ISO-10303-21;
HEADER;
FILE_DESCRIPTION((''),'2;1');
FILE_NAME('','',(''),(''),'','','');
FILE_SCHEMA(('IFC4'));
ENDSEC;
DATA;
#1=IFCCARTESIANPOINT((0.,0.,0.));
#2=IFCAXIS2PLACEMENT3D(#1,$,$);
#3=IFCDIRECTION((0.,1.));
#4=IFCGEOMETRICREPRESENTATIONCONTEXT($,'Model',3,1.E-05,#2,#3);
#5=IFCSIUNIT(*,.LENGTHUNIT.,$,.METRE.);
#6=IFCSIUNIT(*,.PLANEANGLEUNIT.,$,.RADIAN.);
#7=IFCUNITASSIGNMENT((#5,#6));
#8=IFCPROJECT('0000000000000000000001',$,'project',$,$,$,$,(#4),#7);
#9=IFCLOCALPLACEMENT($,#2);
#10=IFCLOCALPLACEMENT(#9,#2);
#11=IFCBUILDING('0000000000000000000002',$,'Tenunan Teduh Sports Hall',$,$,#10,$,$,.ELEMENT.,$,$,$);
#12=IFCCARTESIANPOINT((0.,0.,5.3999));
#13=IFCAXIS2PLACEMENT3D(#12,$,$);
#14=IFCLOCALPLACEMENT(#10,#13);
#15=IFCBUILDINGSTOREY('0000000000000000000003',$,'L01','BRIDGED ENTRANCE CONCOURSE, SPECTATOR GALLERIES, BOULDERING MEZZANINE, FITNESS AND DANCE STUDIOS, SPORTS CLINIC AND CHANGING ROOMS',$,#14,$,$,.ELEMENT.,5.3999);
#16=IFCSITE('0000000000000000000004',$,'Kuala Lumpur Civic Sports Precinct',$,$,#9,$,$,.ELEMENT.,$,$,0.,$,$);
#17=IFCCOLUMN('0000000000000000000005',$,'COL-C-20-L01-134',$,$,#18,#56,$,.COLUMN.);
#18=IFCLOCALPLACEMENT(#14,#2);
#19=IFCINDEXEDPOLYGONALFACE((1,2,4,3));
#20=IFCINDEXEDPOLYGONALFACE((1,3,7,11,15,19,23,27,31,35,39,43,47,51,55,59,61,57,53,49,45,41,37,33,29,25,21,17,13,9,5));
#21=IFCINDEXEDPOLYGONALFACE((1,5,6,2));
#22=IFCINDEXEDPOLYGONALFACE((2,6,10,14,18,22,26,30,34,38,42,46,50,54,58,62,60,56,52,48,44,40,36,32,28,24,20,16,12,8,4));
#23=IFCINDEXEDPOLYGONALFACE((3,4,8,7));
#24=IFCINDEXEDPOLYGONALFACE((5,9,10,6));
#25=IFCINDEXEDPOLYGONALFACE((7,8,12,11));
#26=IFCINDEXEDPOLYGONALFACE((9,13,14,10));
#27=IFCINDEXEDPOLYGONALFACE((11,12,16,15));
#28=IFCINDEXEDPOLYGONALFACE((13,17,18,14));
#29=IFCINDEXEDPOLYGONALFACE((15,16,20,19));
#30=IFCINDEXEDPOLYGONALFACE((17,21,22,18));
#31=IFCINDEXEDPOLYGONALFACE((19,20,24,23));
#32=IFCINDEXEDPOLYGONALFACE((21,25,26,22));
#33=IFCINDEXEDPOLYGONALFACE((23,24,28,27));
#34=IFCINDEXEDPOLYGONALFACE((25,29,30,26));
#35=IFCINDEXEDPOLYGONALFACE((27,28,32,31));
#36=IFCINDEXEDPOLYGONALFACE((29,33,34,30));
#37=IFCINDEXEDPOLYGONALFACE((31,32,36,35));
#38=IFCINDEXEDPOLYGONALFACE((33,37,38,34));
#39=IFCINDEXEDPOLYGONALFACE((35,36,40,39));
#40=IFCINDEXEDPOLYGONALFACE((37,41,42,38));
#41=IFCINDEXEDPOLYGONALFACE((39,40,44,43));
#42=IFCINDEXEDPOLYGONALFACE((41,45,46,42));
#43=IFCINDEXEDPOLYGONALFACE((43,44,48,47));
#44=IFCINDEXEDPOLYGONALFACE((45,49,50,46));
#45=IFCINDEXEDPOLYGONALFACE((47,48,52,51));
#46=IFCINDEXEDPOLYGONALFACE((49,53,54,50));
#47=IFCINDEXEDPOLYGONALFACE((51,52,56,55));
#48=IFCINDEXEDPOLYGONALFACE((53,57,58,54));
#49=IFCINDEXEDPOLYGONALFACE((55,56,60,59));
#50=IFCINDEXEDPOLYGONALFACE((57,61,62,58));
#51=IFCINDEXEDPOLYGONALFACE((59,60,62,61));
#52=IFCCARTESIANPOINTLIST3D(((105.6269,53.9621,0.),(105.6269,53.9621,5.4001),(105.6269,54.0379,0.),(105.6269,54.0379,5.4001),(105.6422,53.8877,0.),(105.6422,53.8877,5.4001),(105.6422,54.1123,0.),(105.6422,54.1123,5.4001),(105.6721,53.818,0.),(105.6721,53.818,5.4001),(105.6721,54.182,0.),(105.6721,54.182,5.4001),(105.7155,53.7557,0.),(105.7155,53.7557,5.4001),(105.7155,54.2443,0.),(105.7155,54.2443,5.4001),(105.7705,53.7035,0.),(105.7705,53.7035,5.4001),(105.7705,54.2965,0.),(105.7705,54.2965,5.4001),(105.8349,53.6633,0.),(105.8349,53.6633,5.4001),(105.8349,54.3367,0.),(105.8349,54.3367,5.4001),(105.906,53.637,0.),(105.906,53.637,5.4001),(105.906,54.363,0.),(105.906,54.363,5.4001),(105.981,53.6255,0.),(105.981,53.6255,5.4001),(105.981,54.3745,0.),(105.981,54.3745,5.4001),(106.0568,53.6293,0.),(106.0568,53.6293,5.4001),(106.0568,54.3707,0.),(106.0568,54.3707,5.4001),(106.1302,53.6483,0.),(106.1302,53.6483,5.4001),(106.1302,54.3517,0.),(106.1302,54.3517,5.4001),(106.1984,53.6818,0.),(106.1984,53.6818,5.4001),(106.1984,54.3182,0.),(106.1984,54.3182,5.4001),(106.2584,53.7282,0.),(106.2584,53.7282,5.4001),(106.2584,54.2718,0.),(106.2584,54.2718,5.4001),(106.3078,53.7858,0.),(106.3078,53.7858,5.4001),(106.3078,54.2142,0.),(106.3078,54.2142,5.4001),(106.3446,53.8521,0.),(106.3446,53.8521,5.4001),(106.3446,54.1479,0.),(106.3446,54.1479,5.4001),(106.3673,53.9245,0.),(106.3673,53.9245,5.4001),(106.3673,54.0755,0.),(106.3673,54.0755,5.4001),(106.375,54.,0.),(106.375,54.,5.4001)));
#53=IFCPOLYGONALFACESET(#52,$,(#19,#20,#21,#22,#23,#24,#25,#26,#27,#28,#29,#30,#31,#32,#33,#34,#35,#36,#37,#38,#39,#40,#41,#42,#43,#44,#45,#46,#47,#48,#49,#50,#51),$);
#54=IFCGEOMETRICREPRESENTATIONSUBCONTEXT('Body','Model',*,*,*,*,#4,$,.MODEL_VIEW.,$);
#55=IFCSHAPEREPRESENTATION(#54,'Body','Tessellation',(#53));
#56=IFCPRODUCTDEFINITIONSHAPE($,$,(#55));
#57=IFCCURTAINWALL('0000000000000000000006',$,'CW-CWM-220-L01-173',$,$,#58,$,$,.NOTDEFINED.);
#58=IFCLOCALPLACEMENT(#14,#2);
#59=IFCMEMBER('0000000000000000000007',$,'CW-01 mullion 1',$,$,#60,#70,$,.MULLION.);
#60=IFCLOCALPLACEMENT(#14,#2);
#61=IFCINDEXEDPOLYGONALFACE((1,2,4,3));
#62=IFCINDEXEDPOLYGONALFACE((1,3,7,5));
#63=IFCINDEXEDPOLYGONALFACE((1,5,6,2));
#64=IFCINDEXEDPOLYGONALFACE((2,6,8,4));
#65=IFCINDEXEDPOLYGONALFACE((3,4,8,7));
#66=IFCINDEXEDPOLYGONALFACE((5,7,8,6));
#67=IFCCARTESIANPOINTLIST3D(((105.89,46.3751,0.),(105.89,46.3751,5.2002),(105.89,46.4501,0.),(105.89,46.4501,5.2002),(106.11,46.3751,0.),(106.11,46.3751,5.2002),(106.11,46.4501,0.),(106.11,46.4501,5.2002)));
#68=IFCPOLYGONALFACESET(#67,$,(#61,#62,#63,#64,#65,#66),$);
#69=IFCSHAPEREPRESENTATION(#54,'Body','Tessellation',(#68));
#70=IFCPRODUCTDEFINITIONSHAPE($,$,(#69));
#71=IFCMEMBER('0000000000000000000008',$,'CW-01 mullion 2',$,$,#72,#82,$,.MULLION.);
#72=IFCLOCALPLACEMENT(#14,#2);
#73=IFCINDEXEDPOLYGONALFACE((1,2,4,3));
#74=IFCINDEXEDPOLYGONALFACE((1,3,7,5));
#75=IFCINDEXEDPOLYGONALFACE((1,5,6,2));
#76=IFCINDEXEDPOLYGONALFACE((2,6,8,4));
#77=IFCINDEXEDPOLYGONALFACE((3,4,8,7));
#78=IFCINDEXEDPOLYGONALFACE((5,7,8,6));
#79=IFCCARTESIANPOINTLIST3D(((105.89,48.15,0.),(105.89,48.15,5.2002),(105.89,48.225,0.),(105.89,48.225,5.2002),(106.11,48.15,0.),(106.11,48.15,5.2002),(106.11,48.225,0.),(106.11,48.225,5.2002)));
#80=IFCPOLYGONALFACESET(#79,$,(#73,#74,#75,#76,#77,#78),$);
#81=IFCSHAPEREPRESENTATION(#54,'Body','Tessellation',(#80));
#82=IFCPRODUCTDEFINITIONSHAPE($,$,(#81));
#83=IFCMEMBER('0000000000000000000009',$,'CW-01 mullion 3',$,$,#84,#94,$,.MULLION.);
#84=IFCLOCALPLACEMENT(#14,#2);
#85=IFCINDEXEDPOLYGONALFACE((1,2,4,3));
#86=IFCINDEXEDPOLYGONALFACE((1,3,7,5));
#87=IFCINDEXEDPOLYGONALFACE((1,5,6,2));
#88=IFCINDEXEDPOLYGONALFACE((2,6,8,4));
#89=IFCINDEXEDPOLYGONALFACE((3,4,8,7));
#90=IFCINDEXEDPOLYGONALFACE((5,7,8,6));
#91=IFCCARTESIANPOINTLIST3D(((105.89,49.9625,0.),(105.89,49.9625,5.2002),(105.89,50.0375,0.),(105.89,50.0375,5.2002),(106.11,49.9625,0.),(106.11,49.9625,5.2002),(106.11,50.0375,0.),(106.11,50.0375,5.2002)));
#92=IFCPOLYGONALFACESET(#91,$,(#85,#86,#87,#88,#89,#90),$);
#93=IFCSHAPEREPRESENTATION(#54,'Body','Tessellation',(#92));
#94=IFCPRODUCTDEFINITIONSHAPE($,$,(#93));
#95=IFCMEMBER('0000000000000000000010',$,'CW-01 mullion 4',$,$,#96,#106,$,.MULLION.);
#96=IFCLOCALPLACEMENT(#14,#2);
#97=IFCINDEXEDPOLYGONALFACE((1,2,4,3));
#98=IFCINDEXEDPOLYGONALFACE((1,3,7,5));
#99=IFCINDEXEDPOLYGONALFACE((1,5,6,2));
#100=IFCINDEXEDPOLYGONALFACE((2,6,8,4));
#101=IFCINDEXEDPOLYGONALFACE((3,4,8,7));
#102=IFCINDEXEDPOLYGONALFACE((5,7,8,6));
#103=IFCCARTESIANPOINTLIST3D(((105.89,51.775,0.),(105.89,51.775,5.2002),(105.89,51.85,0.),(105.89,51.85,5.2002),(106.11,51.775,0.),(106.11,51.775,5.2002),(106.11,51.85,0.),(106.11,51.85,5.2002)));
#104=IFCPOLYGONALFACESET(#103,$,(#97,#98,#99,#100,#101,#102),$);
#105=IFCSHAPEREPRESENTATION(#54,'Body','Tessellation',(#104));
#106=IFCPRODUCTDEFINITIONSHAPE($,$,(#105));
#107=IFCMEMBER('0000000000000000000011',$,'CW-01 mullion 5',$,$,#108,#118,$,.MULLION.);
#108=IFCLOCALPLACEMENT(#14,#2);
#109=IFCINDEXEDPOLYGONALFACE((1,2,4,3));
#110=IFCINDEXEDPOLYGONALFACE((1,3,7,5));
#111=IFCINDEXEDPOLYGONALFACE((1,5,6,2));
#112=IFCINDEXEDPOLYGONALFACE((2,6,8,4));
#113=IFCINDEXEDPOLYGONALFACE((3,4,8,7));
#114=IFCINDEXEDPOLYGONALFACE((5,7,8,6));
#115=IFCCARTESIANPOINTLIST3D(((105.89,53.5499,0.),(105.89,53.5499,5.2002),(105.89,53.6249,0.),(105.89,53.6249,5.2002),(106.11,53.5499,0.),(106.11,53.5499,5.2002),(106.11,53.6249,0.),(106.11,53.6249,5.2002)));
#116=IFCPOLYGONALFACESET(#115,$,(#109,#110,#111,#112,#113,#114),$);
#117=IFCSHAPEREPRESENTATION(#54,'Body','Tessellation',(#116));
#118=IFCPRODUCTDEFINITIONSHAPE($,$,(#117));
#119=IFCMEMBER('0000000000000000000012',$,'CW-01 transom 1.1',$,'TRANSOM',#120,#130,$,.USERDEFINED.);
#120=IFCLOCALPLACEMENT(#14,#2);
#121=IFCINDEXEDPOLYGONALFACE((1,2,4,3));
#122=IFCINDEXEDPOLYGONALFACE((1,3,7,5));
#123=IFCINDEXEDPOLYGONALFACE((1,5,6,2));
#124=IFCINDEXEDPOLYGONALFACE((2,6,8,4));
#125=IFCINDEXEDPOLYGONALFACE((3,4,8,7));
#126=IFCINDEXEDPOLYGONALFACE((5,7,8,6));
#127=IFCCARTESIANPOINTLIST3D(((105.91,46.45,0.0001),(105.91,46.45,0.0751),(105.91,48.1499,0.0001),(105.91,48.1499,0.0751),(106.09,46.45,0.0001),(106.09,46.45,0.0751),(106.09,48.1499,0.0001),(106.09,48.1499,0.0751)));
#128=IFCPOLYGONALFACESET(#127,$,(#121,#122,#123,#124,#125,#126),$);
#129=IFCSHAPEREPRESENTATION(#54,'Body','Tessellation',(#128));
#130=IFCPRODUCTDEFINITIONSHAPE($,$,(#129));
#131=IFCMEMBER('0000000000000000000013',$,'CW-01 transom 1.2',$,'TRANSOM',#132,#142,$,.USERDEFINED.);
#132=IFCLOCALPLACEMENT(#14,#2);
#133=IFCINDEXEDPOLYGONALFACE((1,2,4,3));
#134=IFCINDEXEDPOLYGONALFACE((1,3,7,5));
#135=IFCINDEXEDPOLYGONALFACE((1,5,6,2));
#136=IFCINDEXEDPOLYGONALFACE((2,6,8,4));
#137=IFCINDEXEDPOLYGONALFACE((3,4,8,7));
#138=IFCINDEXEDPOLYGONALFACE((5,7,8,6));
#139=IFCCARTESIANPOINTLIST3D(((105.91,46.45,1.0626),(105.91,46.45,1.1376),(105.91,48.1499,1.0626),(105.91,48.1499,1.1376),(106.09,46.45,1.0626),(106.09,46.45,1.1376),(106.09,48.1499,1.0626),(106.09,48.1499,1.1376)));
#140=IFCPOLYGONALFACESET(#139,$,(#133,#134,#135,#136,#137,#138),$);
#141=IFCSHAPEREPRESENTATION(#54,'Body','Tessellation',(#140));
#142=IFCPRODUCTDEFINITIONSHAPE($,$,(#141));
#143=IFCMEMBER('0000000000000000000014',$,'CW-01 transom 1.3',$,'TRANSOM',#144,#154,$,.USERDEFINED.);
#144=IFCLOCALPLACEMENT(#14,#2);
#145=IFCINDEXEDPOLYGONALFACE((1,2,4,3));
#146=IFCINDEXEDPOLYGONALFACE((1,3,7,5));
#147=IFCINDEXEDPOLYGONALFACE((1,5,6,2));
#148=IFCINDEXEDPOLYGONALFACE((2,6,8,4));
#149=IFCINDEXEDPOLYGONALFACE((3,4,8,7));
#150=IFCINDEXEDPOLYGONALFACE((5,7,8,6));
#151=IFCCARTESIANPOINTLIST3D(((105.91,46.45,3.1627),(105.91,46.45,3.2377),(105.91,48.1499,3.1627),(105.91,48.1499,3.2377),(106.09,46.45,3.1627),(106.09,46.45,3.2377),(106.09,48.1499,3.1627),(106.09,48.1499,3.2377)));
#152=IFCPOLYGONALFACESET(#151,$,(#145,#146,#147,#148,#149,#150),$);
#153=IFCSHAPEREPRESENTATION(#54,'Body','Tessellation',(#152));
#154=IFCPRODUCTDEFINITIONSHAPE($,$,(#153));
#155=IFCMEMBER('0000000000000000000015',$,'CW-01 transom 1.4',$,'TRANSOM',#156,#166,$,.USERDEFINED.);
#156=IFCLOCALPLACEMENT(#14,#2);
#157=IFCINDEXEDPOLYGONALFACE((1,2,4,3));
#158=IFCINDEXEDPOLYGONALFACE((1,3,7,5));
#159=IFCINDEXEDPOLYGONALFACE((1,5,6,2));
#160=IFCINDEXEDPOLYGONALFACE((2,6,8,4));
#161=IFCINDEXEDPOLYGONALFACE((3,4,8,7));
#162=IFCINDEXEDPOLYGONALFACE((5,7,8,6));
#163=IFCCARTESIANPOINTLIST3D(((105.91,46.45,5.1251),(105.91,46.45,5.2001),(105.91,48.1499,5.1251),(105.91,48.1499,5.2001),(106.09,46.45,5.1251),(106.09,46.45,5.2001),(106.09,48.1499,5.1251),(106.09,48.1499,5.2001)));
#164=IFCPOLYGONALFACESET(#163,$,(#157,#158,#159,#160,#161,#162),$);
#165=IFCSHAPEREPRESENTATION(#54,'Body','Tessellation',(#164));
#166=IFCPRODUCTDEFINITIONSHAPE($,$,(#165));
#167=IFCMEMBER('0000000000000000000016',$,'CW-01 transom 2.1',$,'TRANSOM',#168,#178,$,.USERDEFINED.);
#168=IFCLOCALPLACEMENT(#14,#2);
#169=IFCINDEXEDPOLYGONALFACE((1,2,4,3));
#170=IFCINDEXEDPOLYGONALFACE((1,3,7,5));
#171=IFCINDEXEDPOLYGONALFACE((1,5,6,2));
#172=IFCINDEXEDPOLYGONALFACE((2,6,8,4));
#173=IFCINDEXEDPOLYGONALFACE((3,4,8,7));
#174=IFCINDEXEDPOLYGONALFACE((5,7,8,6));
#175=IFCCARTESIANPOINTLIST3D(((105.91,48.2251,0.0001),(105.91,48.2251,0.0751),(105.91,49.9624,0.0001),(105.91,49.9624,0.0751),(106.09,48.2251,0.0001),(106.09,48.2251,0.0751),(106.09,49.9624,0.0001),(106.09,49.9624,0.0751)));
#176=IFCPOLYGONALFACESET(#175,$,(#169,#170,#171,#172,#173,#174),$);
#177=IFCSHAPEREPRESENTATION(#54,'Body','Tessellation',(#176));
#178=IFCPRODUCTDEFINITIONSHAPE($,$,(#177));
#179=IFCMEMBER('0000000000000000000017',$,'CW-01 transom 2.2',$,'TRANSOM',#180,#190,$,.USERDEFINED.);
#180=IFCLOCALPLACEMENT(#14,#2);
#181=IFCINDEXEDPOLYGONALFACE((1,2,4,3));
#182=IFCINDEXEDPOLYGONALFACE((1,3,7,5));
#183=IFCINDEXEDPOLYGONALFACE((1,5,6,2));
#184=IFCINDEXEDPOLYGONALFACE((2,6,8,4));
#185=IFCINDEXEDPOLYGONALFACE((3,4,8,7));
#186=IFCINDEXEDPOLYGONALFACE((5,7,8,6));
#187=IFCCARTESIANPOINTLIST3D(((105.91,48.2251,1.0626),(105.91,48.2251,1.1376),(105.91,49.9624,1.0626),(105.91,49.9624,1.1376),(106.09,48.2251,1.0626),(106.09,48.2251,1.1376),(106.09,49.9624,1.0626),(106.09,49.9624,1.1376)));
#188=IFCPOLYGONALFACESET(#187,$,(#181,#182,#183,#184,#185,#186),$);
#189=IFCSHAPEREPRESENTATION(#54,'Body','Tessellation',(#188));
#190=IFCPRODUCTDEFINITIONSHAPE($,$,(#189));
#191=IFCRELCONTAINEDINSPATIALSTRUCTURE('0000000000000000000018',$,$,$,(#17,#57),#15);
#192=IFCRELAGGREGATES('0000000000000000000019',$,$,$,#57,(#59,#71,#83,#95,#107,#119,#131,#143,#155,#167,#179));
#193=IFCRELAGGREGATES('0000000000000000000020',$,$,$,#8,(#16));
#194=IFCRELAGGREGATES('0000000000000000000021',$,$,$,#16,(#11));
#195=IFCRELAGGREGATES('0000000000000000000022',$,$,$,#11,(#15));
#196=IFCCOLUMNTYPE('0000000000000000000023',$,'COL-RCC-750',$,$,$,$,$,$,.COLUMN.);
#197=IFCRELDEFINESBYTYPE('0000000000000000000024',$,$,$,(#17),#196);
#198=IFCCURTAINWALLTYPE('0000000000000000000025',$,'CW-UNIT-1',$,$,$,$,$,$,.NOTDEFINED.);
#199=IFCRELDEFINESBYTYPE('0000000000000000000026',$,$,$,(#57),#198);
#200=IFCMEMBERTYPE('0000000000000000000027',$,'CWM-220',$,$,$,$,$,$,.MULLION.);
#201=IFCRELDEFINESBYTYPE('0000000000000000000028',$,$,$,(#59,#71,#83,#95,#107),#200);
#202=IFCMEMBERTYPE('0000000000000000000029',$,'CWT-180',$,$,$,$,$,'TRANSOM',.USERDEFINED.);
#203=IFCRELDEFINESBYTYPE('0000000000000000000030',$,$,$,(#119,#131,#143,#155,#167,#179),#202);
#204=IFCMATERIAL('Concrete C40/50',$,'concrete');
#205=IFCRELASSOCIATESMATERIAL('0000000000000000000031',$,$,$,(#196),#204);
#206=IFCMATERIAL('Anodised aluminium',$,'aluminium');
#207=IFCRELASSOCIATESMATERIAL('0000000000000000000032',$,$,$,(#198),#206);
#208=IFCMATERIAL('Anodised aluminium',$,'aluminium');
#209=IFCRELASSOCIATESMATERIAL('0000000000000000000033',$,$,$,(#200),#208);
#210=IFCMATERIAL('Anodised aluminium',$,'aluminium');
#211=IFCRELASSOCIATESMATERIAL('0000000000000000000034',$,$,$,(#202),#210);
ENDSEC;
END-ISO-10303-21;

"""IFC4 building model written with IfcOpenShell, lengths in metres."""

from ifc_helpers import new_model, si_unit, direction, frame, origin, origin_2d, place, context, subcontext, project, spatial, rectangle, circle, extrude, material, material_profile, profile_set, type_object, element, aggregate, save


model = new_model("IFC4")

# Units and contexts
model_context = context("Model", 3, precision=1e-05, world=origin(), true_north=direction((0.0, 1.0)))
body_context = subcontext(model_context, "Body", "Model", "MODEL_VIEW")
ifc_project = project(units=[si_unit("LENGTHUNIT", "METRE"), si_unit("PLANEANGLEUNIT", "RADIAN")], contexts=[model_context])

# Site, building, storey
site_placement = place(None, origin())
site = spatial("IfcSite", under=ifc_project, at=site_placement, Name="Kuala Lumpur Civic Sports Precinct", CompositionType="ELEMENT", RefElevation=0.0)
building_placement = place(site_placement, origin())
building = spatial("IfcBuilding", under=site, at=building_placement, Name="Tenunan Teduh Sports Hall", CompositionType="ELEMENT")
storey_placement = place(building_placement, frame((0.0, 0.0, 5.3999)))
storey = spatial("IfcBuildingStorey", under=building, at=storey_placement, Name="L01", Description="BRIDGED ENTRANCE CONCOURSE, SPECTATOR GALLERIES, BOULDERING MEZZANINE, FITNESS AND DANCE STUDIOS, SPORTS CLINIC AND CHANGING ROOMS", CompositionType="ELEMENT", Elevation=5.3999)

# Column
ifc_material_1 = material(Name="Concrete C40/50", Category="concrete")
ifc_material_profile_1 = material_profile(ifc_material_1, circle(Radius=0.375, at=origin_2d()), Name="RCC D750")
ifc_profile_set_1 = profile_set([ifc_material_profile_1], Name="Concrete C40/50")
column_type = type_object("IfcColumnType", Name="COL-RCC-750", PredefinedType="COLUMN", material=ifc_profile_set_1)
column_placement = place(storey_placement, frame((106.0, 54.0, 0.0), z_axis=(0.0, 0.0, 1.0), x_axis=(1.0, 0.0, 0.0)))
element("IfcColumn", 1, at=column_placement, inside=storey, type_object=column_type, Name="COL-C-20-L01-134", PredefinedType="COLUMN", context=body_context, shape_type="SweptSolid", body=[
    extrude(circle(Radius=0.375, at=origin_2d()), origin(), (0.0, 0.0, 1.0), 5.4001),
])

# Curtain wall, members
ifc_material_2 = material(Name="Anodised aluminium", Category="aluminium")
curtain_wall_type = type_object("IfcCurtainWallType", Name="CW-UNIT-1", PredefinedType="NOTDEFINED", material=ifc_material_2)
curtain_wall_placement = place(storey_placement, origin())
curtain_wall = element("IfcCurtainWall", 2, at=curtain_wall_placement, inside=storey, type_object=curtain_wall_type, Name="CW-CWM-220-L01-173", PredefinedType="NOTDEFINED")
ifc_material_3 = material(Name="Anodised aluminium", Category="aluminium")
ifc_material_profile_2 = material_profile(ifc_material_3, rectangle(XDim=0.075, YDim=0.22, at=origin_2d()), Name="CWM 75x220")
ifc_profile_set_2 = profile_set([ifc_material_profile_2], Name="Anodised aluminium")
member_type_1 = type_object("IfcMemberType", Name="CWM-220", PredefinedType="MULLION", material=ifc_profile_set_2)
member_1_placement = place(storey_placement, frame((106.0, 46.4126, 0.0), z_axis=(0.0, 0.0, 1.0), x_axis=(0.0, 1.0, 0.0)))
member_1 = element("IfcMember", 3, at=member_1_placement, type_object=member_type_1, Name="CW-01 mullion 1", PredefinedType="MULLION", context=body_context, shape_type="SweptSolid", body=[
    extrude(rectangle(XDim=0.075, YDim=0.22, at=origin_2d()), origin(), (0.0, 0.0, 1.0), 5.2002),
])
member_2_placement = place(storey_placement, frame((106.0, 48.1875, 0.0), z_axis=(0.0, 0.0, 1.0), x_axis=(0.0, 1.0, 0.0)))
member_2 = element("IfcMember", 4, at=member_2_placement, type_object=member_type_1, Name="CW-01 mullion 2", PredefinedType="MULLION", context=body_context, shape_type="SweptSolid", body=[
    extrude(rectangle(XDim=0.075, YDim=0.22, at=origin_2d()), origin(), (0.0, 0.0, 1.0), 5.2002),
])
member_3_placement = place(storey_placement, frame((106.0, 50.0, 0.0), z_axis=(0.0, 0.0, 1.0), x_axis=(0.0, 1.0, 0.0)))
member_3 = element("IfcMember", 5, at=member_3_placement, type_object=member_type_1, Name="CW-01 mullion 3", PredefinedType="MULLION", context=body_context, shape_type="SweptSolid", body=[
    extrude(rectangle(XDim=0.075, YDim=0.22, at=origin_2d()), origin(), (0.0, 0.0, 1.0), 5.2002),
])
member_4_placement = place(storey_placement, frame((106.0, 51.8125, 0.0), z_axis=(0.0, 0.0, 1.0), x_axis=(0.0, 1.0, 0.0)))
member_4 = element("IfcMember", 6, at=member_4_placement, type_object=member_type_1, Name="CW-01 mullion 4", PredefinedType="MULLION", context=body_context, shape_type="SweptSolid", body=[
    extrude(rectangle(XDim=0.075, YDim=0.22, at=origin_2d()), origin(), (0.0, 0.0, 1.0), 5.2002),
])
member_5_placement = place(storey_placement, frame((106.0, 53.5874, 0.0), z_axis=(0.0, 0.0, 1.0), x_axis=(0.0, 1.0, 0.0)))
member_5 = element("IfcMember", 7, at=member_5_placement, type_object=member_type_1, Name="CW-01 mullion 5", PredefinedType="MULLION", context=body_context, shape_type="SweptSolid", body=[
    extrude(rectangle(XDim=0.075, YDim=0.22, at=origin_2d()), origin(), (0.0, 0.0, 1.0), 5.2002),
])
ifc_material_4 = material(Name="Anodised aluminium", Category="aluminium")
ifc_material_profile_3 = material_profile(ifc_material_4, rectangle(XDim=0.075, YDim=0.1799, at=origin_2d()), Name="CWT 75x180")
ifc_profile_set_3 = profile_set([ifc_material_profile_3], Name="Anodised aluminium")
member_type_2 = type_object("IfcMemberType", Name="CWT-180", ElementType="TRANSOM", PredefinedType="USERDEFINED", material=ifc_profile_set_3)
member_6_placement = place(storey_placement, frame((106.0, 46.45, 0.0376), z_axis=(0.0, 1.0, 0.0), x_axis=(0.0, 0.0, 1.0)))
member_6 = element("IfcMember", 8, at=member_6_placement, type_object=member_type_2, Name="CW-01 transom 1.1", ObjectType="TRANSOM", PredefinedType="USERDEFINED", context=body_context, shape_type="SweptSolid", body=[
    extrude(rectangle(XDim=0.075, YDim=0.1799, at=origin_2d()), origin(), (0.0, 0.0, 1.0), 1.7),
])
member_7_placement = place(storey_placement, frame((106.0, 46.45, 1.1001), z_axis=(0.0, 1.0, 0.0), x_axis=(0.0, 0.0, 1.0)))
member_7 = element("IfcMember", 9, at=member_7_placement, type_object=member_type_2, Name="CW-01 transom 1.2", ObjectType="TRANSOM", PredefinedType="USERDEFINED", context=body_context, shape_type="SweptSolid", body=[
    extrude(rectangle(XDim=0.075, YDim=0.1799, at=origin_2d()), origin(), (0.0, 0.0, 1.0), 1.7),
])
member_8_placement = place(storey_placement, frame((106.0, 46.45, 3.2002), z_axis=(0.0, 1.0, 0.0), x_axis=(0.0, 0.0, 1.0)))
member_8 = element("IfcMember", 10, at=member_8_placement, type_object=member_type_2, Name="CW-01 transom 1.3", ObjectType="TRANSOM", PredefinedType="USERDEFINED", context=body_context, shape_type="SweptSolid", body=[
    extrude(rectangle(XDim=0.075, YDim=0.1799, at=origin_2d()), origin(), (0.0, 0.0, 1.0), 1.7),
])
member_9_placement = place(storey_placement, frame((106.0, 46.45, 5.1626), z_axis=(0.0, 1.0, 0.0), x_axis=(0.0, 0.0, 1.0)))
member_9 = element("IfcMember", 11, at=member_9_placement, type_object=member_type_2, Name="CW-01 transom 1.4", ObjectType="TRANSOM", PredefinedType="USERDEFINED", context=body_context, shape_type="SweptSolid", body=[
    extrude(rectangle(XDim=0.075, YDim=0.1799, at=origin_2d()), origin(), (0.0, 0.0, 1.0), 1.7),
])
member_10_placement = place(storey_placement, frame((106.0, 48.2251, 0.0376), z_axis=(0.0, 1.0, 0.0), x_axis=(0.0, 0.0, 1.0)))
member_10 = element("IfcMember", 12, at=member_10_placement, type_object=member_type_2, Name="CW-01 transom 2.1", ObjectType="TRANSOM", PredefinedType="USERDEFINED", context=body_context, shape_type="SweptSolid", body=[
    extrude(rectangle(XDim=0.075, YDim=0.1799, at=origin_2d()), origin(), (0.0, 0.0, 1.0), 1.7373),
])
member_11_placement = place(storey_placement, frame((106.0, 48.2251, 1.1001), z_axis=(0.0, 1.0, 0.0), x_axis=(0.0, 0.0, 1.0)))
member_11 = element("IfcMember", 13, at=member_11_placement, type_object=member_type_2, Name="CW-01 transom 2.2", ObjectType="TRANSOM", PredefinedType="USERDEFINED", context=body_context, shape_type="SweptSolid", body=[
    extrude(rectangle(XDim=0.075, YDim=0.1799, at=origin_2d()), origin(), (0.0, 0.0, 1.0), 1.7373),
])

aggregate(curtain_wall, [member_1, member_2, member_3, member_4, member_5, member_6, member_7, member_8, member_9, member_10, member_11])

save(model, "model.ifc")
